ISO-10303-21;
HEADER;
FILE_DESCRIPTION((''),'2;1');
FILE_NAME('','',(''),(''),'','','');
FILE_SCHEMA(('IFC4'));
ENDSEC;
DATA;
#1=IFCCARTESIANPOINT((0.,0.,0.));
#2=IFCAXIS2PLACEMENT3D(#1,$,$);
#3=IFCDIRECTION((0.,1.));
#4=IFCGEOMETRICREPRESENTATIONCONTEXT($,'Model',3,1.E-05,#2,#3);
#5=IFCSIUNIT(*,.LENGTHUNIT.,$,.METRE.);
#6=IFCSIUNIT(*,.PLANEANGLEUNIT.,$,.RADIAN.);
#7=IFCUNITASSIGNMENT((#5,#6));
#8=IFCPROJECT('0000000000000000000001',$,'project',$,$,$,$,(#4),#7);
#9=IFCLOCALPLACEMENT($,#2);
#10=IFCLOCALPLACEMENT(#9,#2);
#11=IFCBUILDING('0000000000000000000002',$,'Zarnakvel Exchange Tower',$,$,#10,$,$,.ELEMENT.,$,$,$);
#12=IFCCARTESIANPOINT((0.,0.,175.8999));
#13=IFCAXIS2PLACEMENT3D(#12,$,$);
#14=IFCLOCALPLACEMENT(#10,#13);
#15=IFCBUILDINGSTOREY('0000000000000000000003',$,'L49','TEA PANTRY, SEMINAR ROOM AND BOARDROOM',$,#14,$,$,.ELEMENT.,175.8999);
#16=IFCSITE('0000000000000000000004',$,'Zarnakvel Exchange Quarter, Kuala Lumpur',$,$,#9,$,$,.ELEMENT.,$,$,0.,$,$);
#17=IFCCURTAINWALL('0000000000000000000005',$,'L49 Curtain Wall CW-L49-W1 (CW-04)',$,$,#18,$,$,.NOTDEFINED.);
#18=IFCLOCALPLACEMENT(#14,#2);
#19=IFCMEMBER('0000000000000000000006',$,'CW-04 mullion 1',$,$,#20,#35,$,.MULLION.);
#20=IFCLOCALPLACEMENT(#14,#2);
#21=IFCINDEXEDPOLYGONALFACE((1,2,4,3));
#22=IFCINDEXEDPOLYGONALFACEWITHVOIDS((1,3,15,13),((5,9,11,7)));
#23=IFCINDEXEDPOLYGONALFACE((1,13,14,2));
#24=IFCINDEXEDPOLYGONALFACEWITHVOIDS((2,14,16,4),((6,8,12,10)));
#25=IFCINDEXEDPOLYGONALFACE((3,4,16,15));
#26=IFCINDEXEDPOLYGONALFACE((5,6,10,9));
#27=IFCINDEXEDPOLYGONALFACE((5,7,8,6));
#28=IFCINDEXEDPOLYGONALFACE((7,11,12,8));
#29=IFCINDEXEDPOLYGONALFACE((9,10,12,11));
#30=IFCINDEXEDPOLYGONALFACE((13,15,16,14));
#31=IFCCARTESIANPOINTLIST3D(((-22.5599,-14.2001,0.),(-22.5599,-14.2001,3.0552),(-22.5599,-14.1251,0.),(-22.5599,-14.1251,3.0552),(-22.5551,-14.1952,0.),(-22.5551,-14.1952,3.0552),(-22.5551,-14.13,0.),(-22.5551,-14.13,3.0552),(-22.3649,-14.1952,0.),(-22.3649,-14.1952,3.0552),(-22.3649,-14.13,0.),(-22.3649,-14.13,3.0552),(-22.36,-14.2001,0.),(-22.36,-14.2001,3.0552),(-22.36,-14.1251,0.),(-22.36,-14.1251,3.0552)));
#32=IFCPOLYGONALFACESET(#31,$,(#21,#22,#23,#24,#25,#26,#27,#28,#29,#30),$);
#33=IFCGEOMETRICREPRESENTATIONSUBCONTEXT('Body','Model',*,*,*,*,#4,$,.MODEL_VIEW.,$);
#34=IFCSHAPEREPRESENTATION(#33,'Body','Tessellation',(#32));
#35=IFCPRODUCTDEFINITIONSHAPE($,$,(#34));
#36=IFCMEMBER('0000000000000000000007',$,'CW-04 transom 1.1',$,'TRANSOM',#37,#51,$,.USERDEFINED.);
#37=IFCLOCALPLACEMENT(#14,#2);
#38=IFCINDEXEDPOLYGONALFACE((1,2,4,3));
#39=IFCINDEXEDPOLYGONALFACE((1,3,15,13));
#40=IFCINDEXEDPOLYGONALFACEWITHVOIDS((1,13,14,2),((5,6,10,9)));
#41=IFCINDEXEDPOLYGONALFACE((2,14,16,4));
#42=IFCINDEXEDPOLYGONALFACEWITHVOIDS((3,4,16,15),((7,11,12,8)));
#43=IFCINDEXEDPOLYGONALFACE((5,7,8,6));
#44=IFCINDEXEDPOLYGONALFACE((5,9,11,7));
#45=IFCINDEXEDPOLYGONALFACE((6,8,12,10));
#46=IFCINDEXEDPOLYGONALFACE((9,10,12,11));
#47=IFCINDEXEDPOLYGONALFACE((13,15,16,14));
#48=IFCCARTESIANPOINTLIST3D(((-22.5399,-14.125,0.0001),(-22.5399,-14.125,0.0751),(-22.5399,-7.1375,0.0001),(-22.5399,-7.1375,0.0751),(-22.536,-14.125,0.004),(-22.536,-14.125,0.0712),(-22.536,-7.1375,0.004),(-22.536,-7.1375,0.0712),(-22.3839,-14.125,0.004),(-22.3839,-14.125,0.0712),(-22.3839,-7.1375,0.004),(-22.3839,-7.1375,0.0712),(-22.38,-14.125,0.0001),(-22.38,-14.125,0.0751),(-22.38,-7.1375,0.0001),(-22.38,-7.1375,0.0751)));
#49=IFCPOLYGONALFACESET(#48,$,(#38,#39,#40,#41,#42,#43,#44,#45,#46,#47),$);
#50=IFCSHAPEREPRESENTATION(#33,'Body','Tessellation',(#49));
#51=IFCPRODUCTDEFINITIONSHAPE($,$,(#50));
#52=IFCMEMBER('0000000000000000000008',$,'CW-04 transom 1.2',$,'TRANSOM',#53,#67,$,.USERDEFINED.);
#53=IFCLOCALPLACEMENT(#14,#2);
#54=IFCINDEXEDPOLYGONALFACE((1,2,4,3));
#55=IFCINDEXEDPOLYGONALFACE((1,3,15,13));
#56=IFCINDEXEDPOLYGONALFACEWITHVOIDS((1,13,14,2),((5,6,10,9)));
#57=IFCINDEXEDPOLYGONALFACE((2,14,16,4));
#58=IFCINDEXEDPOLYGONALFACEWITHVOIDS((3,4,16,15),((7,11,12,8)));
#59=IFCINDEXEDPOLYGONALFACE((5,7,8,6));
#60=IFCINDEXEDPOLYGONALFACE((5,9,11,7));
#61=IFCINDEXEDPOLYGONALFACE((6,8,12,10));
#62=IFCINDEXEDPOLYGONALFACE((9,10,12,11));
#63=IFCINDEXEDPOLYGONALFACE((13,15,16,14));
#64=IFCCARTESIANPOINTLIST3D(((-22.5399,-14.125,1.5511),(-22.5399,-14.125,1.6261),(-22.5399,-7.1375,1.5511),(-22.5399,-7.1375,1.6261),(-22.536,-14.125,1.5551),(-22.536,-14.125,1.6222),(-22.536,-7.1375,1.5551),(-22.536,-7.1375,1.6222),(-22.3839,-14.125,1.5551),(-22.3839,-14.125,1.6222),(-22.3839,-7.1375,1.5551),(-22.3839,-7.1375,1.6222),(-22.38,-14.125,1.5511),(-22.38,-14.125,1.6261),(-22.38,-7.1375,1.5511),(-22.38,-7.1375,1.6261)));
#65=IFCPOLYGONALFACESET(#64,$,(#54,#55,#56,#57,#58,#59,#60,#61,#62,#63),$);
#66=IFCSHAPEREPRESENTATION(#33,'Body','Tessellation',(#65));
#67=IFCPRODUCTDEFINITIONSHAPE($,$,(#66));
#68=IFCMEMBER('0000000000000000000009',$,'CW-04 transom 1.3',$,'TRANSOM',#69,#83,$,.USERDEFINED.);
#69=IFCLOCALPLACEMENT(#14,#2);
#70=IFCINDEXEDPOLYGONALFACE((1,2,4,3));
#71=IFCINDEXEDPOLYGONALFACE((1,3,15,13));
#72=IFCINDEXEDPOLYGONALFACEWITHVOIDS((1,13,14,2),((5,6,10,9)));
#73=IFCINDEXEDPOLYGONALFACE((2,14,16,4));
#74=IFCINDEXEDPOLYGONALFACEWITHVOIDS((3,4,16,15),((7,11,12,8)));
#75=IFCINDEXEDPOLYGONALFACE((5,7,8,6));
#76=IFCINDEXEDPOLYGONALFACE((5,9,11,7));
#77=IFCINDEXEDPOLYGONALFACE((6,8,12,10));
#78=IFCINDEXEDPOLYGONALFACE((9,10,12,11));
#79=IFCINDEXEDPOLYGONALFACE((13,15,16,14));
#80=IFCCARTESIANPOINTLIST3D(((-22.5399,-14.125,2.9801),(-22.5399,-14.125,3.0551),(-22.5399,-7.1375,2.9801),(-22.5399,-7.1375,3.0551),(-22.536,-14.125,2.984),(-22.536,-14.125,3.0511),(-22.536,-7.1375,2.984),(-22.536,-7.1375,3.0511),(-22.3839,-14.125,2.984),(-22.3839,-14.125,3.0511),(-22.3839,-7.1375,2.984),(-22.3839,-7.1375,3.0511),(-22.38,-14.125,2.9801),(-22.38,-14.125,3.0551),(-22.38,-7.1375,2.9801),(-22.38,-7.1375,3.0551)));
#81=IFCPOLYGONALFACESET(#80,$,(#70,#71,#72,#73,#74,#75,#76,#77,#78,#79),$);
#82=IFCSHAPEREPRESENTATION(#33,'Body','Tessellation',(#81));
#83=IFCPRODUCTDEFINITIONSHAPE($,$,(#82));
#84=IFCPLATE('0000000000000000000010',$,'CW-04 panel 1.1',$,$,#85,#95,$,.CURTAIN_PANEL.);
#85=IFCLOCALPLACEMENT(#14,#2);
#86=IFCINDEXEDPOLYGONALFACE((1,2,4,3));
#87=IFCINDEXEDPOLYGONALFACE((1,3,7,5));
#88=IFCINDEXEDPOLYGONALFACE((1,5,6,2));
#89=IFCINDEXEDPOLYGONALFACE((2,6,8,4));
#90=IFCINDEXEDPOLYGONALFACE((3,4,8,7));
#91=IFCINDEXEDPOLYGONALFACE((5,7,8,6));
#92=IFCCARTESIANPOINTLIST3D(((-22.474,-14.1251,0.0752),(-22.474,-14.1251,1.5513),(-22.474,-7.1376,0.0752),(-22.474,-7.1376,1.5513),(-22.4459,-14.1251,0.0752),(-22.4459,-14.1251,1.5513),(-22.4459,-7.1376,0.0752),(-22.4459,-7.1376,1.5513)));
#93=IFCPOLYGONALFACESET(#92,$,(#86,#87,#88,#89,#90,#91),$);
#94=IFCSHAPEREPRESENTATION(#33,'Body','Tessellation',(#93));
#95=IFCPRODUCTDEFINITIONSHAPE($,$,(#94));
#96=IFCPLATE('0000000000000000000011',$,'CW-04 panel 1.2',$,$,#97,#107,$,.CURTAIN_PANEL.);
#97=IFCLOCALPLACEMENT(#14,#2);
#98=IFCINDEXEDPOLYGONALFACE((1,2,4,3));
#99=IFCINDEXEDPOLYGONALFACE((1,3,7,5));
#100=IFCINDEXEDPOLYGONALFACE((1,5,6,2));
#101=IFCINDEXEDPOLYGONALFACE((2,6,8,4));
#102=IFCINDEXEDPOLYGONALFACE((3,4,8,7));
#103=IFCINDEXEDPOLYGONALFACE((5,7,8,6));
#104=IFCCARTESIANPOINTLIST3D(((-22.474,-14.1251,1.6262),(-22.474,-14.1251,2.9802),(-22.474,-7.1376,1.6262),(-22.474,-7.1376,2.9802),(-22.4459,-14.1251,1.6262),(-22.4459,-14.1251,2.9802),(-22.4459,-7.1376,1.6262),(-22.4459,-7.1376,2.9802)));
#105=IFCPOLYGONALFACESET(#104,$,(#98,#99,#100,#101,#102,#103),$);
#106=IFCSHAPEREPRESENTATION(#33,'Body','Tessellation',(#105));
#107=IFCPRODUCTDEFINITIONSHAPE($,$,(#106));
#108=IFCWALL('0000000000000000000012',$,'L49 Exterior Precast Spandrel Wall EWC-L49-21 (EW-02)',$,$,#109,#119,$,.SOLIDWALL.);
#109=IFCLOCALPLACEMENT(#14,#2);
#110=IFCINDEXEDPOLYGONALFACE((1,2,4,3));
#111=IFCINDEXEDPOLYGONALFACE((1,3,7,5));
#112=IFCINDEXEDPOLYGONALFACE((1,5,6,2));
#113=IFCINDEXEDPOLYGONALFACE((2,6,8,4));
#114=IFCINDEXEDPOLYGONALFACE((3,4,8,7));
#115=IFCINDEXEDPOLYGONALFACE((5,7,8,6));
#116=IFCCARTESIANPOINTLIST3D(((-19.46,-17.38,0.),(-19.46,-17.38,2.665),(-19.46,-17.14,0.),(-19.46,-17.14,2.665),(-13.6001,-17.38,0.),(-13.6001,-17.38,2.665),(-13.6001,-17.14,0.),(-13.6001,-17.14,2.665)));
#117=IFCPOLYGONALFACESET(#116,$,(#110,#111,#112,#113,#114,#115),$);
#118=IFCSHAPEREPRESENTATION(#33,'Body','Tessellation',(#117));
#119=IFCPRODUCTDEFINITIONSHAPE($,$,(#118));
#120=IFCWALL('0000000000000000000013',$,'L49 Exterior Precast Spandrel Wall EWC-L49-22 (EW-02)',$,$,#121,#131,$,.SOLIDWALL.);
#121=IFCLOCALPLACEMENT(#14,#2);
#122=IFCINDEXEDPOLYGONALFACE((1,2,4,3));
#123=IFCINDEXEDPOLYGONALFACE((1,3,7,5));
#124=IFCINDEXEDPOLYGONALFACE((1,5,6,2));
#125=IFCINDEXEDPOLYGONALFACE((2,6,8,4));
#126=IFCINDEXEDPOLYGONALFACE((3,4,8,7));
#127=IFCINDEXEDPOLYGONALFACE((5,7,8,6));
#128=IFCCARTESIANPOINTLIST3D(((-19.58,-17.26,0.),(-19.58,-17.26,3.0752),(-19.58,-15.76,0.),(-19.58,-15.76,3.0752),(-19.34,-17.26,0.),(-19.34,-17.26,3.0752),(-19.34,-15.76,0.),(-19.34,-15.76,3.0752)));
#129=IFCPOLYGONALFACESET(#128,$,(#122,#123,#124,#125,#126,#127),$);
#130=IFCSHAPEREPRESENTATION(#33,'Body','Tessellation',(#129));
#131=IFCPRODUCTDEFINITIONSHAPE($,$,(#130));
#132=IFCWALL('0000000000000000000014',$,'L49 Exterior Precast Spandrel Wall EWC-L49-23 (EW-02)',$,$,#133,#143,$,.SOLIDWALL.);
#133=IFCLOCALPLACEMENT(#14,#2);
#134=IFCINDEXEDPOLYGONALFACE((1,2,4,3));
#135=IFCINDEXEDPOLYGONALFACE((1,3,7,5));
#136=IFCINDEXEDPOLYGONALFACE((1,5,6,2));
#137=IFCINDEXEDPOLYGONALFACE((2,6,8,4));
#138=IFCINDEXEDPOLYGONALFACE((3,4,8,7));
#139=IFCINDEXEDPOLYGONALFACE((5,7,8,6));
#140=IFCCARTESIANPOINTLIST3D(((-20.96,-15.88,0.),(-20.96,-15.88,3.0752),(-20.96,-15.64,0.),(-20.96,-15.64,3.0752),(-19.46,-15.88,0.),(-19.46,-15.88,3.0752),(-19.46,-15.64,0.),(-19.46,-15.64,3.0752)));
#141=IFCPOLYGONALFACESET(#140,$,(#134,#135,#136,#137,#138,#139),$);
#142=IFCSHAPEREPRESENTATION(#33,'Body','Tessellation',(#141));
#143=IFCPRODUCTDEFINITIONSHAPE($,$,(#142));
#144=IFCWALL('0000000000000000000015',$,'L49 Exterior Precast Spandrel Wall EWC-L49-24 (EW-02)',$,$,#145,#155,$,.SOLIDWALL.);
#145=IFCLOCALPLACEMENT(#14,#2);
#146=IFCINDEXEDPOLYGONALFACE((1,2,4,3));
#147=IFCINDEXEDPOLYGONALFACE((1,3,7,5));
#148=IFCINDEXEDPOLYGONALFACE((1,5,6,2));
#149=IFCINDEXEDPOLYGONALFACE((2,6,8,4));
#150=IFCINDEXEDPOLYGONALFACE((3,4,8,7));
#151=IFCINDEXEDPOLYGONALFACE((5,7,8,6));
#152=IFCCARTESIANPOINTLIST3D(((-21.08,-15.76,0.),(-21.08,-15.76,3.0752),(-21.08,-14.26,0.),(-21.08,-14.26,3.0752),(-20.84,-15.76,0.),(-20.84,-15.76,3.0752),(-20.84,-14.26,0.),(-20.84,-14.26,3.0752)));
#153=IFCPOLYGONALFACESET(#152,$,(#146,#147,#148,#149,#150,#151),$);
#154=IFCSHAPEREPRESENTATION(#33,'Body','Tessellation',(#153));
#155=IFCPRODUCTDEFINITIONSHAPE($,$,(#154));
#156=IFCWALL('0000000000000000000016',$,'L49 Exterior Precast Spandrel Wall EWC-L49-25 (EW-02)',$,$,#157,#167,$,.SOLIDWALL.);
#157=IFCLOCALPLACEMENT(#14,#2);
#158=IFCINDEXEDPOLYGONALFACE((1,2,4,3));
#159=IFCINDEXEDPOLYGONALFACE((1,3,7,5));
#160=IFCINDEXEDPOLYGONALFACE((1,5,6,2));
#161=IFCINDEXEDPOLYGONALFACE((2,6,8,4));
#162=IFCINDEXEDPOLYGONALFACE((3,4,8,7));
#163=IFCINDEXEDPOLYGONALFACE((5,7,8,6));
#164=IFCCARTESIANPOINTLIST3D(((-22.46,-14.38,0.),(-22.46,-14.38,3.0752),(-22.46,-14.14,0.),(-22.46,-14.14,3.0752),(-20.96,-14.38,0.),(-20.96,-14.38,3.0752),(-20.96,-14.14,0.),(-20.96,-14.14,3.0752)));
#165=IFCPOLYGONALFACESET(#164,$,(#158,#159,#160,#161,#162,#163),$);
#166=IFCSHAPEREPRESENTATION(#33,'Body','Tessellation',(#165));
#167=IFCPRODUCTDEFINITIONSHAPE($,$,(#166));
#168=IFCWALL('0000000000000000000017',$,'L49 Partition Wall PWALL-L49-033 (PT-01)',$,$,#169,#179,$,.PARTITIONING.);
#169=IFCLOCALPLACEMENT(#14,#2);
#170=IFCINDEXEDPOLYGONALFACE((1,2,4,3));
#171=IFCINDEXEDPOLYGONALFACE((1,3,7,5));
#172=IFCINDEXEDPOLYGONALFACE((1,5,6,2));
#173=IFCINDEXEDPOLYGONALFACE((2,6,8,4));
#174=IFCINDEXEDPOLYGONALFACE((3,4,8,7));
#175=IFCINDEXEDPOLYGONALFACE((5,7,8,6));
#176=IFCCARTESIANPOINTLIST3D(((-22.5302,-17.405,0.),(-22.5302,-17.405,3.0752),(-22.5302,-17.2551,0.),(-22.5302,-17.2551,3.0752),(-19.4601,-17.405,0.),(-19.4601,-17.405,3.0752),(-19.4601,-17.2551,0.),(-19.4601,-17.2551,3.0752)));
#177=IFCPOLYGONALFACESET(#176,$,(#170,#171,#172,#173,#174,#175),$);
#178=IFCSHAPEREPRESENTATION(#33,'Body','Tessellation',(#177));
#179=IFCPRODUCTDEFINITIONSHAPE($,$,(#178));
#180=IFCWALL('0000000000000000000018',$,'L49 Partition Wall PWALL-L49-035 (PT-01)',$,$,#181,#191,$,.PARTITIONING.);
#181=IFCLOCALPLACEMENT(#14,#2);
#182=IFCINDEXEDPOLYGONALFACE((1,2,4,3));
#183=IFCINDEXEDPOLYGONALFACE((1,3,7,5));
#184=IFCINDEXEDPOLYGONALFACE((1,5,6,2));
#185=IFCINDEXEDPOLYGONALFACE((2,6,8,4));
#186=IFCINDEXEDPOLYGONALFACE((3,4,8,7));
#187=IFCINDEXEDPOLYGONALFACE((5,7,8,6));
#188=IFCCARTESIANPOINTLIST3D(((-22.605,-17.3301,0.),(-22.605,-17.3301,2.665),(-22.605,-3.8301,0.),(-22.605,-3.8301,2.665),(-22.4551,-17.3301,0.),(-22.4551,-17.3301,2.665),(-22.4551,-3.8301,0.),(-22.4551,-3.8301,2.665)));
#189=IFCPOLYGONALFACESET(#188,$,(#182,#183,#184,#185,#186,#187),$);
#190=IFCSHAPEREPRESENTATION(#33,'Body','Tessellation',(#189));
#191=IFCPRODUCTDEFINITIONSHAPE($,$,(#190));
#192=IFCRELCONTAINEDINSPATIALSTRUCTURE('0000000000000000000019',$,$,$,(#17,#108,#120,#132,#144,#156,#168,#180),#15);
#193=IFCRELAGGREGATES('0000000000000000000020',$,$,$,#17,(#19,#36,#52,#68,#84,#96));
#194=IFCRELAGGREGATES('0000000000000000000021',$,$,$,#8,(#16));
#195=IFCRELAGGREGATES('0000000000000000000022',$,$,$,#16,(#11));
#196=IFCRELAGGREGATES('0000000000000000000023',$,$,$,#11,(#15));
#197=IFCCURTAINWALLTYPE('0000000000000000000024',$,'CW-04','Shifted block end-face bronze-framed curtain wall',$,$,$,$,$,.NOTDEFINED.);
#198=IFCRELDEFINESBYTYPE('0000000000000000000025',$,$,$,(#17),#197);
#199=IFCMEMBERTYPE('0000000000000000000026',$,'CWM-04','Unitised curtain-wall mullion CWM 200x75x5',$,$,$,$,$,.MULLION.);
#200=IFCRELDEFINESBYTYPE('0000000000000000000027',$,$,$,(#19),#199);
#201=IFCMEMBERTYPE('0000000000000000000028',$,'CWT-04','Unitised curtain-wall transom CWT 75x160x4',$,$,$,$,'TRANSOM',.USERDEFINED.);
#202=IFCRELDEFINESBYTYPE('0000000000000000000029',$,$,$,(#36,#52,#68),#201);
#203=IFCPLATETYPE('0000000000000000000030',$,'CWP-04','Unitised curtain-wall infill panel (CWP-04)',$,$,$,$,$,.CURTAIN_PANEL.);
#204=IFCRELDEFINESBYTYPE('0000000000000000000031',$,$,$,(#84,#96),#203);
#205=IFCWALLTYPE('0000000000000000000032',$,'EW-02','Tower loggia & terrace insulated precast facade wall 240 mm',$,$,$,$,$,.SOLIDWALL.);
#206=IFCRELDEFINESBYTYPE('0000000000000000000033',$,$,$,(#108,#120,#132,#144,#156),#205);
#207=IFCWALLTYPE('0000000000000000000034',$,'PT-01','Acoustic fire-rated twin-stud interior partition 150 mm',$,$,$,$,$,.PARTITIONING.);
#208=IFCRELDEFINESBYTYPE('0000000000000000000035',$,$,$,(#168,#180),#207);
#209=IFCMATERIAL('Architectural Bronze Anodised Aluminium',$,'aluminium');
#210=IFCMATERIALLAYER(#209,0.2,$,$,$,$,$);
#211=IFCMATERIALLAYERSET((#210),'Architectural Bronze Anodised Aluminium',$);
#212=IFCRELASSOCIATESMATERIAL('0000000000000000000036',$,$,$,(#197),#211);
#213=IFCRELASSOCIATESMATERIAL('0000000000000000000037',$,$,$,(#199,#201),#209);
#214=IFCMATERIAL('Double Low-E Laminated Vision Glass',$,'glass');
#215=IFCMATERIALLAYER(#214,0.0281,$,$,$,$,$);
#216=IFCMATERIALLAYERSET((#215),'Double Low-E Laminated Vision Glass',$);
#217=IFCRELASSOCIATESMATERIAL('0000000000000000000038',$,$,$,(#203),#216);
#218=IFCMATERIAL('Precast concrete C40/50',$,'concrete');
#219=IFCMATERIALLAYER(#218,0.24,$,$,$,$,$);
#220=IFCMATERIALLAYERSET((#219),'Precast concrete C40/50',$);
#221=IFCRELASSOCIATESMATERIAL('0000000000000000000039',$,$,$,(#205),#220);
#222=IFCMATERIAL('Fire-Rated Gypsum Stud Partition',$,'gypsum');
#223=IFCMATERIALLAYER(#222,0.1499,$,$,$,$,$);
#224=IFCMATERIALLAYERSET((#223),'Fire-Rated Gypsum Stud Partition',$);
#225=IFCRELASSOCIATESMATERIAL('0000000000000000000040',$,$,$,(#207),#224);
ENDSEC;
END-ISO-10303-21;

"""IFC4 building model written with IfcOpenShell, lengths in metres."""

from ifc_helpers import new_model, si_unit, direction, frame, frame_2d, origin, origin_2d, place, context, subcontext, project, spatial, rectangle, hollow_rectangle, extrude, source, transform, mapped, material, layer, layer_set, material_profile, profile_set, type_object, element, aggregate, save


model = new_model("IFC4")

# Units and contexts
model_context = context("Model", 3, precision=1e-05, world=origin(), true_north=direction((0.0, 1.0)))
body_context = subcontext(model_context, "Body", "Model", "MODEL_VIEW")
ifc_project = project(units=[si_unit("LENGTHUNIT", "METRE"), si_unit("PLANEANGLEUNIT", "RADIAN")], contexts=[model_context])

# Site, building, storey
site_placement = place(None, origin())
site = spatial("IfcSite", under=ifc_project, at=site_placement, Name="Zarnakvel Exchange Quarter, Kuala Lumpur", CompositionType="ELEMENT", RefElevation=0.0)
building_placement = place(site_placement, origin())
building = spatial("IfcBuilding", under=site, at=building_placement, Name="Zarnakvel Exchange Tower", CompositionType="ELEMENT")
storey_placement = place(building_placement, frame((0.0, 0.0, 175.8999)))
storey = spatial("IfcBuildingStorey", under=building, at=storey_placement, Name="L49", Description="TEA PANTRY, SEMINAR ROOM AND BOARDROOM", CompositionType="ELEMENT", Elevation=175.8999)

# Curtain wall, members, plates
ifc_material_1 = material(Name="Architectural Bronze Anodised Aluminium", Category="aluminium")
ifc_layer_1 = layer(ifc_material_1, 0.2)
ifc_layer_set_1 = layer_set([ifc_layer_1], Name="Architectural Bronze Anodised Aluminium")
curtain_wall_type = type_object("IfcCurtainWallType", Name="CW-04", Description="Shifted block end-face bronze-framed curtain wall", PredefinedType="NOTDEFINED", material=ifc_layer_set_1)
curtain_wall_placement = place(storey_placement, origin())
curtain_wall = element("IfcCurtainWall", 1, at=curtain_wall_placement, inside=storey, type_object=curtain_wall_type, Name="L49 Curtain Wall CW-L49-W1 (CW-04)", PredefinedType="NOTDEFINED")
ifc_material_profile_1 = material_profile(ifc_material_1, hollow_rectangle(XDim=0.2, YDim=0.075, WallThickness=0.0049, at=origin_2d()))
ifc_profile_set_1 = profile_set([ifc_material_profile_1], Name="Architectural Bronze Anodised Aluminium")
member_type_1 = type_object("IfcMemberType", Name="CWM-04", Description="Unitised curtain-wall mullion CWM 200x75x5", PredefinedType="MULLION", material=ifc_profile_set_1)
shared_shape_1 = source(origin(), body_context, "Body", "SweptSolid", [
    extrude(hollow_rectangle(XDim=0.2, YDim=0.075, WallThickness=0.0049, at=origin_2d()), origin(), (0.0, 0.0, 1.0), 3.0552),
])
member_1_placement = place(storey_placement, frame((-22.46, -14.1626, 0.0), z_axis=(0.0, 0.0, 1.0), x_axis=(-1.0, 0.0, 0.0)))
member_1 = element("IfcMember", 2, at=member_1_placement, type_object=member_type_1, Name="CW-04 mullion 1", PredefinedType="MULLION", context=body_context, shape_type="MappedRepresentation", body=[
    mapped(shared_shape_1, transform((0.0, 0.0, 0.0), x_axis=(1.0, 0.0, 0.0), y_axis=(0.0, 1.0, 0.0), z_axis=(0.0, 0.0, 1.0), scale=1.0)),
])
ifc_material_profile_2 = material_profile(ifc_material_1, hollow_rectangle(XDim=0.1599, YDim=0.075, WallThickness=0.0039, at=origin_2d()))
ifc_profile_set_2 = profile_set([ifc_material_profile_2], Name="Architectural Bronze Anodised Aluminium")
member_type_2 = type_object("IfcMemberType", Name="CWT-04", Description="Unitised curtain-wall transom CWT 75x160x4", ElementType="TRANSOM", PredefinedType="USERDEFINED", material=ifc_profile_set_2)
shared_shape_2 = source(origin(), body_context, "Body", "SweptSolid", [
    extrude(hollow_rectangle(XDim=0.1599, YDim=0.075, WallThickness=0.0039, at=origin_2d()), origin(), (0.0, 0.0, 1.0), 6.9875),
])
member_2_placement = place(storey_placement, frame((-22.46, -14.125, 0.0376), z_axis=(0.0, 1.0, 0.0), x_axis=(-1.0, 0.0, 0.0)))
member_2 = element("IfcMember", 3, at=member_2_placement, type_object=member_type_2, Name="CW-04 transom 1.1", ObjectType="TRANSOM", PredefinedType="USERDEFINED", context=body_context, shape_type="MappedRepresentation", body=[
    mapped(shared_shape_2, transform((0.0, 0.0, 0.0), x_axis=(1.0, 0.0, 0.0), y_axis=(0.0, 1.0, 0.0), z_axis=(0.0, 0.0, 1.0), scale=1.0)),
])
member_3_placement = place(storey_placement, frame((-22.46, -14.125, 1.5886), z_axis=(0.0, 1.0, 0.0), x_axis=(-1.0, 0.0, 0.0)))
member_3 = element("IfcMember", 4, at=member_3_placement, type_object=member_type_2, Name="CW-04 transom 1.2", ObjectType="TRANSOM", PredefinedType="USERDEFINED", context=body_context, shape_type="MappedRepresentation", body=[
    mapped(shared_shape_2, transform((0.0, 0.0, 0.0), x_axis=(1.0, 0.0, 0.0), y_axis=(0.0, 1.0, 0.0), z_axis=(0.0, 0.0, 1.0), scale=1.0)),
])
member_4_placement = place(storey_placement, frame((-22.46, -14.125, 3.0176), z_axis=(0.0, 1.0, 0.0), x_axis=(-1.0, 0.0, 0.0)))
member_4 = element("IfcMember", 5, at=member_4_placement, type_object=member_type_2, Name="CW-04 transom 1.3", ObjectType="TRANSOM", PredefinedType="USERDEFINED", context=body_context, shape_type="MappedRepresentation", body=[
    mapped(shared_shape_2, transform((0.0, 0.0, 0.0), x_axis=(1.0, 0.0, 0.0), y_axis=(0.0, 1.0, 0.0), z_axis=(0.0, 0.0, 1.0), scale=1.0)),
])
ifc_material_2 = material(Name="Double Low-E Laminated Vision Glass", Category="glass")
ifc_layer_2 = layer(ifc_material_2, 0.0281)
ifc_layer_set_2 = layer_set([ifc_layer_2], Name="Double Low-E Laminated Vision Glass")
plate_type = type_object("IfcPlateType", Name="CWP-04", Description="Unitised curtain-wall infill panel (CWP-04)", PredefinedType="CURTAIN_PANEL", material=ifc_layer_set_2)
shared_shape_3 = source(origin(), body_context, "Body", "SweptSolid", [
    extrude(rectangle(XDim=6.9875, YDim=0.0281, at=origin_2d()), origin(), (0.0, 0.0, 1.0), 1.4761),
])
plate_1_placement = place(storey_placement, frame((-22.46, -10.6313, 0.0752), z_axis=(0.0, 0.0, 1.0), x_axis=(0.0, 1.0, 0.0)))
plate_1 = element("IfcPlate", 6, at=plate_1_placement, type_object=plate_type, Name="CW-04 panel 1.1", PredefinedType="CURTAIN_PANEL", context=body_context, shape_type="MappedRepresentation", body=[
    mapped(shared_shape_3, transform((0.0, 0.0, 0.0), x_axis=(1.0, 0.0, 0.0), y_axis=(0.0, 1.0, 0.0), z_axis=(0.0, 0.0, 1.0), scale=1.0)),
])
shared_shape_4 = source(origin(), body_context, "Body", "SweptSolid", [
    extrude(rectangle(XDim=6.9875, YDim=0.0281, at=origin_2d()), origin(), (0.0, 0.0, 1.0), 1.354),
])
plate_2_placement = place(storey_placement, frame((-22.46, -10.6313, 1.6262), z_axis=(0.0, 0.0, 1.0), x_axis=(0.0, 1.0, 0.0)))
plate_2 = element("IfcPlate", 7, at=plate_2_placement, type_object=plate_type, Name="CW-04 panel 1.2", PredefinedType="CURTAIN_PANEL", context=body_context, shape_type="MappedRepresentation", body=[
    mapped(shared_shape_4, transform((0.0, 0.0, 0.0), x_axis=(1.0, 0.0, 0.0), y_axis=(0.0, 1.0, 0.0), z_axis=(0.0, 0.0, 1.0), scale=1.0)),
])
aggregate(curtain_wall, [member_1, member_2, member_3, member_4, plate_1, plate_2])

# Walls
ifc_material_3 = material(Name="Precast concrete C40/50", Category="concrete")
ifc_layer_3 = layer(ifc_material_3, 0.24)
ifc_layer_set_3 = layer_set([ifc_layer_3], Name="Precast concrete C40/50")
wall_type_1 = type_object("IfcWallType", Name="EW-02", Description="Tower loggia & terrace insulated precast facade wall 240 mm", PredefinedType="SOLIDWALL", material=ifc_layer_set_3)
wall_1_placement = place(storey_placement, frame((-19.46, -17.26, 0.0), z_axis=(0.0, 0.0, 1.0), x_axis=(1.0, 0.0, 0.0)))
element("IfcWall", 8, at=wall_1_placement, inside=storey, type_object=wall_type_1, Name="L49 Exterior Precast Spandrel Wall EWC-L49-21 (EW-02)", PredefinedType="SOLIDWALL", context=body_context, shape_type="SweptSolid", body=[
    extrude(rectangle(XDim=5.8599, YDim=0.24, at=frame_2d((2.9299, 0.0))), origin(), (0.0, 0.0, 1.0), 2.665),
])
for number, where, z_axis, x_axis, name in (
    (9, (-19.46, -15.76, 0.0), (0.0, 0.0, 1.0), (0.0, -1.0, 0.0), "L49 Exterior Precast Spandrel Wall EWC-L49-22 (EW-02)"),
    (10, (-20.96, -15.76, 0.0), (0.0, 0.0, 1.0), (1.0, 0.0, 0.0), "L49 Exterior Precast Spandrel Wall EWC-L49-23 (EW-02)"),
    (11, (-20.96, -14.26, 0.0), (0.0, 0.0, 1.0), (0.0, -1.0, 0.0), "L49 Exterior Precast Spandrel Wall EWC-L49-24 (EW-02)"),
    (12, (-22.46, -14.26, 0.0), (0.0, 0.0, 1.0), (1.0, 0.0, 0.0), "L49 Exterior Precast Spandrel Wall EWC-L49-25 (EW-02)"),
):
    element("IfcWall", number, at=place(storey_placement, frame(where, z_axis=z_axis, x_axis=x_axis)), inside=storey, type_object=wall_type_1, Name=name, PredefinedType="SOLIDWALL", context=body_context, shape_type="SweptSolid", body=[
        extrude(rectangle(XDim=1.5, YDim=0.24, at=frame_2d((0.75, 0.0))), origin(), (0.0, 0.0, 1.0), 3.0752),
    ])
ifc_material_4 = material(Name="Fire-Rated Gypsum Stud Partition", Category="gypsum")
ifc_layer_4 = layer(ifc_material_4, 0.1499)
ifc_layer_set_4 = layer_set([ifc_layer_4], Name="Fire-Rated Gypsum Stud Partition")
wall_type_2 = type_object("IfcWallType", Name="PT-01", Description="Acoustic fire-rated twin-stud interior partition 150 mm", PredefinedType="PARTITIONING", material=ifc_layer_set_4)
wall_2_placement = place(storey_placement, frame((-19.46, -17.3301, 0.0), z_axis=(0.0, 0.0, 1.0), x_axis=(-1.0, 0.0, 0.0)))
element("IfcWall", 13, at=wall_2_placement, inside=storey, type_object=wall_type_2, Name="L49 Partition Wall PWALL-L49-033 (PT-01)", PredefinedType="PARTITIONING", context=body_context, shape_type="SweptSolid", body=[
    extrude(rectangle(XDim=3.0701, YDim=0.1499, at=frame_2d((1.5352, 0.0))), origin(), (0.0, 0.0, 1.0), 3.0752),
])
wall_3_placement = place(storey_placement, frame((-22.53, -17.3301, 0.0), z_axis=(0.0, 0.0, 1.0), x_axis=(0.0, 1.0, 0.0)))
element("IfcWall", 14, at=wall_3_placement, inside=storey, type_object=wall_type_2, Name="L49 Partition Wall PWALL-L49-035 (PT-01)", PredefinedType="PARTITIONING", context=body_context, shape_type="SweptSolid", body=[
    extrude(rectangle(XDim=13.5, YDim=0.1499, at=frame_2d((6.75, 0.0))), origin(), (0.0, 0.0, 1.0), 2.665),
])

save(model, "model.ifc")
